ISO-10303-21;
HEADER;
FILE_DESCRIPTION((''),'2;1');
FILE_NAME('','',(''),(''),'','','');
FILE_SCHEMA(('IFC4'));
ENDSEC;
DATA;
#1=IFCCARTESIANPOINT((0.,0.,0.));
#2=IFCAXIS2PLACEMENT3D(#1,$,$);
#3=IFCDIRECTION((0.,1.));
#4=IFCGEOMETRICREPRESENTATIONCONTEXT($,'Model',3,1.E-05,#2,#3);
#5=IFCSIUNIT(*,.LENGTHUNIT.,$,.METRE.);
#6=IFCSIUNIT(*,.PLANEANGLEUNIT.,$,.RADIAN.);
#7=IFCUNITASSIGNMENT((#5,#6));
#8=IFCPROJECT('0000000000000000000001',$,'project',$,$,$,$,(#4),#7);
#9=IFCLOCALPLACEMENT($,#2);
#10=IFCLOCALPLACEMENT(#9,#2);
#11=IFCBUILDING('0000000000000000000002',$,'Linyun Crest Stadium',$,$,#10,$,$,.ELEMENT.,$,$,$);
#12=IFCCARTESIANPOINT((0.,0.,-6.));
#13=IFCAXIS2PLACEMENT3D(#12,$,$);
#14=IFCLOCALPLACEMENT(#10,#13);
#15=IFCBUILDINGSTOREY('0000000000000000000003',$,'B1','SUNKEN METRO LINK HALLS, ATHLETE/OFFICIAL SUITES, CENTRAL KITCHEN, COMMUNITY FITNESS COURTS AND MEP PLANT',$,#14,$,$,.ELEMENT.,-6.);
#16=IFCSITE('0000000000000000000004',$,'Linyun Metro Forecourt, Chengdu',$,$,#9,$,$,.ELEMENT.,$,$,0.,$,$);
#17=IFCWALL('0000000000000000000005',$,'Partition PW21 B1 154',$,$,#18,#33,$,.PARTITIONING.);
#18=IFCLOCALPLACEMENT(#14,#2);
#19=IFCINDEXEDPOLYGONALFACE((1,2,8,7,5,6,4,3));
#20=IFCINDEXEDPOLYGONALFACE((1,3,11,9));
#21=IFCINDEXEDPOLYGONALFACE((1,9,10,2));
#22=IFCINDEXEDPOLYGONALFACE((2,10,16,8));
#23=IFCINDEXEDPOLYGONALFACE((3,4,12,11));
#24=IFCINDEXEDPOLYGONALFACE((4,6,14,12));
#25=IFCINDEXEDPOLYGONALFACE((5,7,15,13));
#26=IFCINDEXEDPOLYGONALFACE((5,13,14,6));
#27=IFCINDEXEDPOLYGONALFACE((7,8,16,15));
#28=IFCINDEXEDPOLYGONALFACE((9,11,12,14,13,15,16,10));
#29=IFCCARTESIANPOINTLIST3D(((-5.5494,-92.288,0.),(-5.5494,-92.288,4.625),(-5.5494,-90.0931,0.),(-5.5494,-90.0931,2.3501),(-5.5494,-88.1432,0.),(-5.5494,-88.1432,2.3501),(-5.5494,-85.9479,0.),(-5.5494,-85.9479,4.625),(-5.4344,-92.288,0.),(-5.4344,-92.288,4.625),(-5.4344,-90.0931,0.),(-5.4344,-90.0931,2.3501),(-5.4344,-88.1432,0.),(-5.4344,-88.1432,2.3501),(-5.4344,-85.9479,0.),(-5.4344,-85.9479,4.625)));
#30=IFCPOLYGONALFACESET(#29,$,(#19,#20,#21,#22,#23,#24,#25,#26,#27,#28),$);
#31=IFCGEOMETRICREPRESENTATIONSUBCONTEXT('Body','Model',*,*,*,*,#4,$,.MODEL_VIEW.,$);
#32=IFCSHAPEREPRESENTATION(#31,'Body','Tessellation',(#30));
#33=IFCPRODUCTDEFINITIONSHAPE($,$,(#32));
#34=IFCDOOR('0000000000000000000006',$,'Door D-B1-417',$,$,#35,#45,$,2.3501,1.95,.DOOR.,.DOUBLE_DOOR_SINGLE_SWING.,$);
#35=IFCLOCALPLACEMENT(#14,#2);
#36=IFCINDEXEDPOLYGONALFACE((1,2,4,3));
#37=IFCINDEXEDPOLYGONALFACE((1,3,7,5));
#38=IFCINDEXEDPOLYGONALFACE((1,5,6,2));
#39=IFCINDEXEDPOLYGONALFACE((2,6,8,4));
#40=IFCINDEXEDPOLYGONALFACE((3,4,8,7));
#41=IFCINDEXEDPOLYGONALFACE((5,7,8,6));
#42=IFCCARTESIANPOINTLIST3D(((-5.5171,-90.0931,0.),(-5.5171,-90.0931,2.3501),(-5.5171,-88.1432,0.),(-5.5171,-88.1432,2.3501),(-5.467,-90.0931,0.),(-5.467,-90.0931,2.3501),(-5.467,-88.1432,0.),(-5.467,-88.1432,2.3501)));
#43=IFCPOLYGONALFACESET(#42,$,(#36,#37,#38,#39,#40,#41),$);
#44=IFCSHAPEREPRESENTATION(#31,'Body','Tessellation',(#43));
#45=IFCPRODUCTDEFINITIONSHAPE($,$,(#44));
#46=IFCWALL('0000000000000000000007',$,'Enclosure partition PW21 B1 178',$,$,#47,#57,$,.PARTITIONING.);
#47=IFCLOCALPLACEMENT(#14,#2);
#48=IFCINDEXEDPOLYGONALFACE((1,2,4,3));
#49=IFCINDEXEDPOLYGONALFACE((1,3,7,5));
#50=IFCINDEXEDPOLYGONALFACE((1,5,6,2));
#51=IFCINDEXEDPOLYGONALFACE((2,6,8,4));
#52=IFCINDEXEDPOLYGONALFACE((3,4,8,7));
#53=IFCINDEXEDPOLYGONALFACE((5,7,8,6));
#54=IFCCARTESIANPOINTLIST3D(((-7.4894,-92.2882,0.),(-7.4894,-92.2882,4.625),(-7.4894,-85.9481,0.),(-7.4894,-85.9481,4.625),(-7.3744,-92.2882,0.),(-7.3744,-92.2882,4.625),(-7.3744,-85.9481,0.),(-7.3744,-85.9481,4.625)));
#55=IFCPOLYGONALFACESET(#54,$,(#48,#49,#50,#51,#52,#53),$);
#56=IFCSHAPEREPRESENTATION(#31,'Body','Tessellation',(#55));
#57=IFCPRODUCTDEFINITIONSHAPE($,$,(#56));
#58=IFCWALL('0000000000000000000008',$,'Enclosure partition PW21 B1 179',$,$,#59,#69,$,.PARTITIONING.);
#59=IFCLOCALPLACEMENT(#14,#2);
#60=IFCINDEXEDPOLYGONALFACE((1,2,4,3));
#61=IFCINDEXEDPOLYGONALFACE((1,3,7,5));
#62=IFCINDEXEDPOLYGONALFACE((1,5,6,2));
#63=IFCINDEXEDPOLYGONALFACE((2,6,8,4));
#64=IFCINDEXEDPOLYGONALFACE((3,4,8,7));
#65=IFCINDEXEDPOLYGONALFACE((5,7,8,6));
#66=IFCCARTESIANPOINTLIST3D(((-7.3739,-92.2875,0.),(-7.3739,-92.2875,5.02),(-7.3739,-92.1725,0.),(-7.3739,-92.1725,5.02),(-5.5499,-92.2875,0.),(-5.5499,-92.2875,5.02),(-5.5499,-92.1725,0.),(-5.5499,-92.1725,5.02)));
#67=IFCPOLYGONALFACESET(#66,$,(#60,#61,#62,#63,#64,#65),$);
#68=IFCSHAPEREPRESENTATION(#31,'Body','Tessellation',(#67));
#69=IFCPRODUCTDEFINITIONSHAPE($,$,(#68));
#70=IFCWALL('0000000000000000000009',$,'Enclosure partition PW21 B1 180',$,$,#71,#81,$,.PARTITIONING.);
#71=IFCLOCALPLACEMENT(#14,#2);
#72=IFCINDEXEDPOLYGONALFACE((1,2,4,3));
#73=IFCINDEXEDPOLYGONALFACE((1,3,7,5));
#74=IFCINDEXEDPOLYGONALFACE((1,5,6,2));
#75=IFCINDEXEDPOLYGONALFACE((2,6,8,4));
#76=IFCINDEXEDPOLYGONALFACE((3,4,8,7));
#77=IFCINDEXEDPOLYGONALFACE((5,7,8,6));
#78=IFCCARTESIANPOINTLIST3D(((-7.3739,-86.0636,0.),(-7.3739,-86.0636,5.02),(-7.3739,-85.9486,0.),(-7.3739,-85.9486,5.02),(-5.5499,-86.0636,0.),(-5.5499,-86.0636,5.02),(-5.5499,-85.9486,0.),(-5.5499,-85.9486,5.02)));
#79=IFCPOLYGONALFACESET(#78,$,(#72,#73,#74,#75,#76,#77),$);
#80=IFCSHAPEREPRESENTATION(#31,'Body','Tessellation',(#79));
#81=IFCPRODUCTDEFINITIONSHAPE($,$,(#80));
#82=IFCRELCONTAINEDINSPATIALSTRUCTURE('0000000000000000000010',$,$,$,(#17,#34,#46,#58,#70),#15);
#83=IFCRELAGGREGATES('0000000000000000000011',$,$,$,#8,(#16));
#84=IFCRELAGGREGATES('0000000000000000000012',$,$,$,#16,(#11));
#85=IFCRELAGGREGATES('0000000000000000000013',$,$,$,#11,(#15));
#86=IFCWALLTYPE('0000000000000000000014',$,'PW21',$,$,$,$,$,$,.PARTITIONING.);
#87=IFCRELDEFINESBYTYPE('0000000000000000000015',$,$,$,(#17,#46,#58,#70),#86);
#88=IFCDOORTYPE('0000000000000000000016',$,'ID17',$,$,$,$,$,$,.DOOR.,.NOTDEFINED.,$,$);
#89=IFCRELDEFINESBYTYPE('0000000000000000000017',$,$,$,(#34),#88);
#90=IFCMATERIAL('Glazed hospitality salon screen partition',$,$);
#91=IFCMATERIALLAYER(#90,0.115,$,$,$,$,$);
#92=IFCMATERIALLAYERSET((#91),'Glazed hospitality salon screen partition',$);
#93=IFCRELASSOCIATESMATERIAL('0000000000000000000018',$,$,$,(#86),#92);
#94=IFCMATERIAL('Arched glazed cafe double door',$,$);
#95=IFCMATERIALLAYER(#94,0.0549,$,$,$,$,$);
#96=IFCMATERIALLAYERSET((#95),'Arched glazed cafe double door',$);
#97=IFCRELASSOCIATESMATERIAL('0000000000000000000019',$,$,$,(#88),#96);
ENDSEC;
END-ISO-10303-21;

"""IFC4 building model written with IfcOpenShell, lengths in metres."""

from ifc_helpers import new_model, si_unit, direction, frame, frame_2d, origin, place, context, subcontext, project, spatial, rectangle, extrude, material, layer, layer_set, type_object, element, fill, save


model = new_model("IFC4")

# Units and contexts
model_context = context("Model", 3, precision=1e-05, world=origin(), true_north=direction((0.0, 1.0)))
body_context = subcontext(model_context, "Body", "Model", "MODEL_VIEW")
ifc_project = project(units=[si_unit("LENGTHUNIT", "METRE"), si_unit("PLANEANGLEUNIT", "RADIAN")], contexts=[model_context])

# Site, building, storey
site_placement = place(None, origin())
site = spatial("IfcSite", under=ifc_project, at=site_placement, Name="Linyun Metro Forecourt, Chengdu", CompositionType="ELEMENT", RefElevation=0.0)
building_placement = place(site_placement, origin())
building = spatial("IfcBuilding", under=site, at=building_placement, Name="Linyun Crest Stadium", CompositionType="ELEMENT")
storey_placement = place(building_placement, frame((0.0, 0.0, -6.0)))
storey = spatial("IfcBuildingStorey", under=building, at=storey_placement, Name="B1", Description="SUNKEN METRO LINK HALLS, ATHLETE/OFFICIAL SUITES, CENTRAL KITCHEN, COMMUNITY FITNESS COURTS AND MEP PLANT", CompositionType="ELEMENT", Elevation=-6.0)

# Wall, opening, door
ifc_material_1 = material(Name="Glazed hospitality salon screen partition")
ifc_layer_1 = layer(ifc_material_1, 0.115)
ifc_layer_set_1 = layer_set([ifc_layer_1], Name="Glazed hospitality salon screen partition")
wall_type = type_object("IfcWallType", Name="PW21", PredefinedType="PARTITIONING", material=ifc_layer_set_1)
wall_1_placement = place(storey_placement, frame((-5.4919, -85.948, 0.0), z_axis=(0.0, 0.0, 1.0), x_axis=(0.0, -1.0, 0.0)))
wall_1 = element("IfcWall", 1, at=wall_1_placement, inside=storey, type_object=wall_type, Name="Partition PW21 B1 154", PredefinedType="PARTITIONING", context=body_context, shape_type="SweptSolid", body=[
    extrude(rectangle(XDim=6.3401, YDim=0.115, at=frame_2d((3.1699, 0.0))), origin(), (0.0, 0.0, 1.0), 4.625),
])
opening_placement = place(wall_1_placement, frame((2.1951, 0.0, 0.0)))
opening = element("IfcOpeningElement", 2, at=opening_placement, cuts=wall_1, PredefinedType="OPENING", context=body_context, shape_type="SweptSolid", body=[
    extrude(rectangle(XDim=1.95, YDim=2.3501, at=frame_2d((0.9751, 1.175))), frame((0.0, 0.0674, 0.0), z_axis=(0.0, -1.0, 0.0), x_axis=(1.0, 0.0, 0.0)), (0.0, 0.0, 1.0), 0.135),
])
ifc_material_2 = material(Name="Arched glazed cafe double door")
ifc_layer_2 = layer(ifc_material_2, 0.0549)
ifc_layer_set_2 = layer_set([ifc_layer_2], Name="Arched glazed cafe double door")
door_type = type_object("IfcDoorType", Name="ID17", OperationType="NOTDEFINED", PredefinedType="DOOR", material=ifc_layer_set_2)
door_placement = place(opening_placement, origin())
door = element("IfcDoor", 3, at=door_placement, inside=storey, type_object=door_type, Name="Door D-B1-417", OperationType="DOUBLE_DOOR_SINGLE_SWING", OverallHeight=2.3501, OverallWidth=1.95, PredefinedType="DOOR", context=body_context, shape_type="SweptSolid", body=[
    extrude(rectangle(XDim=1.95, YDim=2.3501, at=frame_2d((0.9751, 1.175))), frame((0.0, 0.0249, 0.0), z_axis=(0.0, -1.0, 0.0), x_axis=(1.0, 0.0, 0.0)), (0.0, 0.0, 1.0), 0.05),
])
fill(opening, door)

# Walls
wall_2_placement = place(storey_placement, frame((-7.4319, -92.2881, 0.0), z_axis=(0.0, 0.0, 1.0), x_axis=(0.0, 1.0, 0.0)))
element("IfcWall", 4, at=wall_2_placement, inside=storey, type_object=wall_type, Name="Enclosure partition PW21 B1 178", PredefinedType="PARTITIONING", context=body_context, shape_type="SweptSolid", body=[
    extrude(rectangle(XDim=6.3401, YDim=0.115, at=frame_2d((3.1699, 0.0))), origin(), (0.0, 0.0, 1.0), 4.625),
])
for number, where, z_axis, x_axis, name in (
    (5, (-7.374, -92.23, 0.0), (0.0, 0.0, 1.0), (1.0, 0.0, 0.0), "Enclosure partition PW21 B1 179"),
    (6, (-7.374, -86.0061, 0.0), (0.0, 0.0, 1.0), (1.0, 0.0, 0.0), "Enclosure partition PW21 B1 180"),
):
    element("IfcWall", number, at=place(storey_placement, frame(where, z_axis=z_axis, x_axis=x_axis)), inside=storey, type_object=wall_type, Name=name, PredefinedType="PARTITIONING", context=body_context, shape_type="SweptSolid", body=[
        extrude(rectangle(XDim=1.824, YDim=0.115, at=frame_2d((0.9121, 0.0))), origin(), (0.0, 0.0, 1.0), 5.02),
    ])

save(model, "model.ifc")
